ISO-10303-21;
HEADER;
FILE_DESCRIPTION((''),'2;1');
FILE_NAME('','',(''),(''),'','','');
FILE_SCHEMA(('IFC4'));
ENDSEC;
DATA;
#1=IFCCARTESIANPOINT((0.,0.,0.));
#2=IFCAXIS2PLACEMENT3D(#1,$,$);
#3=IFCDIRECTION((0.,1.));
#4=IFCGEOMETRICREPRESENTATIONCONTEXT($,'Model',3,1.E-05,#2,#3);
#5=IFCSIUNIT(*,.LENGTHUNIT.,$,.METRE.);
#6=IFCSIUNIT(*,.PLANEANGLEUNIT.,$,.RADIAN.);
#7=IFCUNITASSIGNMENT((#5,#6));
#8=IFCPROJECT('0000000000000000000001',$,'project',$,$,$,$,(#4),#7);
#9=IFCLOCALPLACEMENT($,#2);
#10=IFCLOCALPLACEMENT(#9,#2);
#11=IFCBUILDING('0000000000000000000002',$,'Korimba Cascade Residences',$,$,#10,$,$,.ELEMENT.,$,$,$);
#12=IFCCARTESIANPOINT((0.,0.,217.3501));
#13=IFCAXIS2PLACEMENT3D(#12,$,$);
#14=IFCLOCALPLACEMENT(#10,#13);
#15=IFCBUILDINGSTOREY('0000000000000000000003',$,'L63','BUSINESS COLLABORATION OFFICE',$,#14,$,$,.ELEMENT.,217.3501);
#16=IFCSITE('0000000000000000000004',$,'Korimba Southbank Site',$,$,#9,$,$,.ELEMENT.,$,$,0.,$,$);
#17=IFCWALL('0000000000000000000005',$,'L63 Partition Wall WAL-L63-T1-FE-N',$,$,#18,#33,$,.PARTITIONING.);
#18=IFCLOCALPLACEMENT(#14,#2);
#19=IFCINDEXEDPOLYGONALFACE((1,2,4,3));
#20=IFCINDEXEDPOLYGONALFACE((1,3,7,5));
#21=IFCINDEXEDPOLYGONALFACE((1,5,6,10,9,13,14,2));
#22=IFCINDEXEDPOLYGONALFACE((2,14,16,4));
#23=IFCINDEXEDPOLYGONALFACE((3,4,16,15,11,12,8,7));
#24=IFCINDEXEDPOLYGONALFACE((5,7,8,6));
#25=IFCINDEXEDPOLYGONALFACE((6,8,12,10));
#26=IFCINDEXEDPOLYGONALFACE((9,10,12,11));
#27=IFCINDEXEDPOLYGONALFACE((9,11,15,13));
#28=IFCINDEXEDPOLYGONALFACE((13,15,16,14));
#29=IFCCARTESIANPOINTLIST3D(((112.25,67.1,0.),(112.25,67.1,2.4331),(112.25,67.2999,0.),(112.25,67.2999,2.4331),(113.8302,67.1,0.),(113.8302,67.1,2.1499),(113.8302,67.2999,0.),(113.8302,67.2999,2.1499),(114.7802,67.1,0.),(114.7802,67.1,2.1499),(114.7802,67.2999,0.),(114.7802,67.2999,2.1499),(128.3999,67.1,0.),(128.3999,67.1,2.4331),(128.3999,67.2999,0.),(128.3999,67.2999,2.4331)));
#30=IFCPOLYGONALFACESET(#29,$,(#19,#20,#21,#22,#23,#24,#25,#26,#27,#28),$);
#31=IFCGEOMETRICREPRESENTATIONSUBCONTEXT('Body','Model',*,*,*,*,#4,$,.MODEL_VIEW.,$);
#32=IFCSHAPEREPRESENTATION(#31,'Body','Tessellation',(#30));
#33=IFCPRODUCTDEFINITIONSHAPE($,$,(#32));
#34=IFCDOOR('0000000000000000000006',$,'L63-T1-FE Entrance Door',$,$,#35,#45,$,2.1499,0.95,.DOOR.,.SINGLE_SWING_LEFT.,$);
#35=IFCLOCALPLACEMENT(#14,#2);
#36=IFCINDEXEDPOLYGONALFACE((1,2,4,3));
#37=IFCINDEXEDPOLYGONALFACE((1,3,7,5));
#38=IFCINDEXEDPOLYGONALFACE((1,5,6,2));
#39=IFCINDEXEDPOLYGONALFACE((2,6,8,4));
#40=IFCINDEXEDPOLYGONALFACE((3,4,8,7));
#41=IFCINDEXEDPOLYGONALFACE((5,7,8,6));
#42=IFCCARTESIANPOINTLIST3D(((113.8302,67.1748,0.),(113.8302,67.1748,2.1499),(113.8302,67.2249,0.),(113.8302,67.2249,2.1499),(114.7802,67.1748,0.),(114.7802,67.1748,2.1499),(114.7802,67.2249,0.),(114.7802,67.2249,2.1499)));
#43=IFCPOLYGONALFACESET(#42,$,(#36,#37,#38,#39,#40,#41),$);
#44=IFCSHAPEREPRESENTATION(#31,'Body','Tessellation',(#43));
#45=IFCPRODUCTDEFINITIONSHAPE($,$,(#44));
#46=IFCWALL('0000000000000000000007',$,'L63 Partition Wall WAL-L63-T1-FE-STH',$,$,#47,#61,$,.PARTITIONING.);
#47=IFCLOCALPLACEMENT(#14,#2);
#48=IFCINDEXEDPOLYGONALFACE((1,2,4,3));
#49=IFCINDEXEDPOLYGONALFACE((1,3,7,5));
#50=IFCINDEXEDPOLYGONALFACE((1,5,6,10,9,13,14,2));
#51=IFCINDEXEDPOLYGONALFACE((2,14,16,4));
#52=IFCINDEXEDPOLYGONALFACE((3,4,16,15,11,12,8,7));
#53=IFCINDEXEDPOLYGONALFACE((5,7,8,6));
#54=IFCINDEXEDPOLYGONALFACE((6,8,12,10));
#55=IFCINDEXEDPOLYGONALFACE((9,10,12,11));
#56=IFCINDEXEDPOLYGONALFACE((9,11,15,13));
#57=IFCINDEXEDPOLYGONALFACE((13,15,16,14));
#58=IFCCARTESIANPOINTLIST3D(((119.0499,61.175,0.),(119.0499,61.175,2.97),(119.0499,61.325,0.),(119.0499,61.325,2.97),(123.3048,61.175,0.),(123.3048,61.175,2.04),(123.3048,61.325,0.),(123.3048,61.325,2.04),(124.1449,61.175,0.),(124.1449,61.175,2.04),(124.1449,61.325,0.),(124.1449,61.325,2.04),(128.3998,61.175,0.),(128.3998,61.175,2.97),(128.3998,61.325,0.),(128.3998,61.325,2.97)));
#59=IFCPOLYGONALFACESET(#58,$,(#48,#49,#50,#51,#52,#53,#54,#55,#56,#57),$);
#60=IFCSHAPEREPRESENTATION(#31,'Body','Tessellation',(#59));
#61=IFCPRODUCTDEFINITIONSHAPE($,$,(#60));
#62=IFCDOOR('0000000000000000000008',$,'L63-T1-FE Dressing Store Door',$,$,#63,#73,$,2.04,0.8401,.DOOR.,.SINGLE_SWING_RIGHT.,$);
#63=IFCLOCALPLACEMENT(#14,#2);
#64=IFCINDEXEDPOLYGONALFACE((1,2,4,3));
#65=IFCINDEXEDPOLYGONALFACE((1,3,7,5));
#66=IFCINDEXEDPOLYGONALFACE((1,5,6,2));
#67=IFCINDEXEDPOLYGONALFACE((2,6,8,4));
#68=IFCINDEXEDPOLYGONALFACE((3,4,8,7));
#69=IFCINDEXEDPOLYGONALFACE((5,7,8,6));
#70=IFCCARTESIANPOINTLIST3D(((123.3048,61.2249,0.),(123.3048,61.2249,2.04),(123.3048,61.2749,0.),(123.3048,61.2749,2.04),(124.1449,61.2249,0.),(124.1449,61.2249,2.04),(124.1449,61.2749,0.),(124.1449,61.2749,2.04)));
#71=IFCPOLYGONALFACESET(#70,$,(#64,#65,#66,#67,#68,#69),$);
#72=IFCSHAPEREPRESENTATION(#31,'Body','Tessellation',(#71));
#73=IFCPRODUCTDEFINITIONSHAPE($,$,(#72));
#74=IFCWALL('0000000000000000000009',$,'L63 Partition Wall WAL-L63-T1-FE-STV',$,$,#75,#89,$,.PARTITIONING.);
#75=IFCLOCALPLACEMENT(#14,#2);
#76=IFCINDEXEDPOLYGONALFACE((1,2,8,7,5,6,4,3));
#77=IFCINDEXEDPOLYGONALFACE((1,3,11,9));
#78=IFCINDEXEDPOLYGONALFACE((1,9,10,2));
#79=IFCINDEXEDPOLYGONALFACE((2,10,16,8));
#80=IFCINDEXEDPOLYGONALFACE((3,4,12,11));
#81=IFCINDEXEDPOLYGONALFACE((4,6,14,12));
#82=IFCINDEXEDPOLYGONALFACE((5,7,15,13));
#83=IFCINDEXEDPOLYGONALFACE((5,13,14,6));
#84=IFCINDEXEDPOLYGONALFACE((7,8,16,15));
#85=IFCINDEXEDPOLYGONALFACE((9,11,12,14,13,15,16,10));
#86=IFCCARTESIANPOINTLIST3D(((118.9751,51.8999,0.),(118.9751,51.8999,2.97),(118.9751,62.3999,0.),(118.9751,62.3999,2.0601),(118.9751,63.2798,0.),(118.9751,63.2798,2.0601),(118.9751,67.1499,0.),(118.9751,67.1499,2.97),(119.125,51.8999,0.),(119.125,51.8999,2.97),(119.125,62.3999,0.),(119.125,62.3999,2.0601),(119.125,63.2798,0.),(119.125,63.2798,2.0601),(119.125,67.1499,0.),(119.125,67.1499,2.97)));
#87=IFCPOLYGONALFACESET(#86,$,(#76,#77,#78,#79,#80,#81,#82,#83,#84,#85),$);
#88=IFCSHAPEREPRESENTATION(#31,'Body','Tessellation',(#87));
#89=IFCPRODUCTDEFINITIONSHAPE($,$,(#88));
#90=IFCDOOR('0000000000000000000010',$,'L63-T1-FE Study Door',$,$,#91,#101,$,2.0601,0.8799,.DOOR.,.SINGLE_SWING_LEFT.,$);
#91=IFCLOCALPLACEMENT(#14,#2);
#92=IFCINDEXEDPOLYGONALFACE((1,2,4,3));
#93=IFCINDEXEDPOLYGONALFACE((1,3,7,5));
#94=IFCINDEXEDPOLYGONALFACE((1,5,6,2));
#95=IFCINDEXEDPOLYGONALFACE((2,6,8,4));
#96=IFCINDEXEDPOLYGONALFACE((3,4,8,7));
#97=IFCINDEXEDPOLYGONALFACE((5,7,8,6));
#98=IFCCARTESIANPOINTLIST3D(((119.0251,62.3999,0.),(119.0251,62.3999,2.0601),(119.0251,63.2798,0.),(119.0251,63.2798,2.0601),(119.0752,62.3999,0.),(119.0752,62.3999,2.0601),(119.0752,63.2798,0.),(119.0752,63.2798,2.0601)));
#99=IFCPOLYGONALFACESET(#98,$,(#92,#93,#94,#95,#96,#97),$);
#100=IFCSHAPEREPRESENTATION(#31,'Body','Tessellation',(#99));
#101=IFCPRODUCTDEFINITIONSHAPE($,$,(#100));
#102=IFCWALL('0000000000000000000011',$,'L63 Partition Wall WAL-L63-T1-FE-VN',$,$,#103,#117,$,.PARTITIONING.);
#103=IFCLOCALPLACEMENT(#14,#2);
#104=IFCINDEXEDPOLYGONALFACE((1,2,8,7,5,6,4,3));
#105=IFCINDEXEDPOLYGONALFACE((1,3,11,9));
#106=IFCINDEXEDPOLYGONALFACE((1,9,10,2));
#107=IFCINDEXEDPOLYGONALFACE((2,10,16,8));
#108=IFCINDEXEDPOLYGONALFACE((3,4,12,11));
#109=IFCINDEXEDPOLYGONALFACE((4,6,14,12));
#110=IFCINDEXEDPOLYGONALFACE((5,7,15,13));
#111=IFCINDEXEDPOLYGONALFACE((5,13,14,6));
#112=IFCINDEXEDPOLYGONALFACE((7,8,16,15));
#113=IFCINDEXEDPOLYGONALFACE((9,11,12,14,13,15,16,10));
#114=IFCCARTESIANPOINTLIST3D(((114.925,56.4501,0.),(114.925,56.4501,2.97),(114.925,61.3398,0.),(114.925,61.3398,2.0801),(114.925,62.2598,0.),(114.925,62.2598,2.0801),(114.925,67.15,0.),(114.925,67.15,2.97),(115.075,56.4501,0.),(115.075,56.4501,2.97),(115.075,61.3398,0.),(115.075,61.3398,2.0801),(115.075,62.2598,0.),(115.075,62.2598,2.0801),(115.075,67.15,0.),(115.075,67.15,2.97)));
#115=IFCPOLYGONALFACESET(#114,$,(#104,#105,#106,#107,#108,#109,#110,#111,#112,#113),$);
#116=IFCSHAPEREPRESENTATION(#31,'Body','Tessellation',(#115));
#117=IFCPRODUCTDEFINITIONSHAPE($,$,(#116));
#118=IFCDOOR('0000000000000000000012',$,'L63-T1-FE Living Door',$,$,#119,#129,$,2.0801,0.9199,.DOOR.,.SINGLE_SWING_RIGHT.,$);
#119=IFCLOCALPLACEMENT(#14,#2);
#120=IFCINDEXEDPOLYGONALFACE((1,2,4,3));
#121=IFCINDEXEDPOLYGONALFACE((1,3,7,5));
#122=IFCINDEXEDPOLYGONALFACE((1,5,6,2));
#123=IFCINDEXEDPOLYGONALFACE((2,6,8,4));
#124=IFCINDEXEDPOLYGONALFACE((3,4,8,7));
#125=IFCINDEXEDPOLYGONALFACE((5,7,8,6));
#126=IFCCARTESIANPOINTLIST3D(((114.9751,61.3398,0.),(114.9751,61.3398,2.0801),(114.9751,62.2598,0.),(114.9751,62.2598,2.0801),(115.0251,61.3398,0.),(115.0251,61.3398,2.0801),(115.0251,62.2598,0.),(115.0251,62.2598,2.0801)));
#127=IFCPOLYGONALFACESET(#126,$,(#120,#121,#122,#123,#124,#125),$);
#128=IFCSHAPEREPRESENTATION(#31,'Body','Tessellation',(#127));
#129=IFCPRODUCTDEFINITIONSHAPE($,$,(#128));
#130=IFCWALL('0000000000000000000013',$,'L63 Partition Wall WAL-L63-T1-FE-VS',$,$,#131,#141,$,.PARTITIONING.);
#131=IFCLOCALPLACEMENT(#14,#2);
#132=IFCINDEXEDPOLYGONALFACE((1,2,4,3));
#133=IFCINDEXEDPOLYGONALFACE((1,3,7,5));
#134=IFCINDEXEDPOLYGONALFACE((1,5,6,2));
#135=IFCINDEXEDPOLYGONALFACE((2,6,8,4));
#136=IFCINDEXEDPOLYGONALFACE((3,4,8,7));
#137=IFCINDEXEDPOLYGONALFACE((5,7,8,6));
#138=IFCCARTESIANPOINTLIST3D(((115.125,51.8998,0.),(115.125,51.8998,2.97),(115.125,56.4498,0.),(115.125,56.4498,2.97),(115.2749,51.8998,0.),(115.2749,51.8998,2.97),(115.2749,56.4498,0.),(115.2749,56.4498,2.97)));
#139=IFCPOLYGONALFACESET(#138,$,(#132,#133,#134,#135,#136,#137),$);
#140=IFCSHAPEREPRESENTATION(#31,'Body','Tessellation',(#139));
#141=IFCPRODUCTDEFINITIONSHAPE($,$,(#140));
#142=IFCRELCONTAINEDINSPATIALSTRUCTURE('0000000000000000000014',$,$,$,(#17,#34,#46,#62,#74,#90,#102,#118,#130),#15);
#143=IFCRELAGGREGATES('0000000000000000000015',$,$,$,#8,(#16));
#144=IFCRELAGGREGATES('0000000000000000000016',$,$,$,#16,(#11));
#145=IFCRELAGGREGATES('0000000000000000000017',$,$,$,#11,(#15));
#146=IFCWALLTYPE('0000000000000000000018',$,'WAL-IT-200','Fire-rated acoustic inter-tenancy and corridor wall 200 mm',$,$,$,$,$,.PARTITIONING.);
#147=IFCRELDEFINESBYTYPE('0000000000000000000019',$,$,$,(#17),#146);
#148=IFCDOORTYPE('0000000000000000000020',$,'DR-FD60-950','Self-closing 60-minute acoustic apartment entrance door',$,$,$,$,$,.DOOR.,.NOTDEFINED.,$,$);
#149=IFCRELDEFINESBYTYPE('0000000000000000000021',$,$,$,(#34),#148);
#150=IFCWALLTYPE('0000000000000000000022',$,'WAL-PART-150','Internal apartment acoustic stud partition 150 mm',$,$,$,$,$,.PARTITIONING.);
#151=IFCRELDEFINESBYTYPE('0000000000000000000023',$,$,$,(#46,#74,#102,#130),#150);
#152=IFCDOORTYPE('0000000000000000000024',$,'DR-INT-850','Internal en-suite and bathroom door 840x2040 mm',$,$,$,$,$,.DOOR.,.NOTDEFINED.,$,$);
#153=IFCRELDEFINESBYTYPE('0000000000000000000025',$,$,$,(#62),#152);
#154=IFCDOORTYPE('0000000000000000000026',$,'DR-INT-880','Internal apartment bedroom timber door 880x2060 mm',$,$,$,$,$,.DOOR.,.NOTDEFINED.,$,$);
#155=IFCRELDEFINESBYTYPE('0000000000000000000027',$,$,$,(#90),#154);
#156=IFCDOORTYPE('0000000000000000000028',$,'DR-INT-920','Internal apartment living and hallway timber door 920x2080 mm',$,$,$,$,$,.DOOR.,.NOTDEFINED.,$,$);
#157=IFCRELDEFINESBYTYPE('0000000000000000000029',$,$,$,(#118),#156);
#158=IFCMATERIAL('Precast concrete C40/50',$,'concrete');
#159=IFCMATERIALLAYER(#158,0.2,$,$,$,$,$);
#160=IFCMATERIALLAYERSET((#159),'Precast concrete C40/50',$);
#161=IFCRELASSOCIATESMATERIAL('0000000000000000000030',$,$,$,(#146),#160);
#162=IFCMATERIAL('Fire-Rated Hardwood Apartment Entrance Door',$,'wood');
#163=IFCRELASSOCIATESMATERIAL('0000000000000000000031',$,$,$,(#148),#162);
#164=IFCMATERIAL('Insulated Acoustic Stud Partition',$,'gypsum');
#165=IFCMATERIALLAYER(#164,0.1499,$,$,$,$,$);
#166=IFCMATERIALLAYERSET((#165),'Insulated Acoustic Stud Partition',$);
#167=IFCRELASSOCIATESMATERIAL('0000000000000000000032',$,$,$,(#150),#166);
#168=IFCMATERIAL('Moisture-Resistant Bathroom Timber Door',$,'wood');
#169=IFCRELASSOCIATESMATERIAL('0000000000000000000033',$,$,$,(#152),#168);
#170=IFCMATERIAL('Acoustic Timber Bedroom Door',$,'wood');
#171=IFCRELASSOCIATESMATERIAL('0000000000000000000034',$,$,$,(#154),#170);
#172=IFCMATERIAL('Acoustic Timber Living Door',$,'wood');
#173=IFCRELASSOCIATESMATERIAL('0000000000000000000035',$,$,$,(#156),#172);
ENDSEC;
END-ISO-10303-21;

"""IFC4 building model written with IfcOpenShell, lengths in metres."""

from ifc_helpers import new_model, si_unit, direction, frame, frame_2d, origin, place, context, subcontext, project, spatial, rectangle, extrude, material, layer, layer_set, type_object, element, fill, save


model = new_model("IFC4")

# Units and contexts
model_context = context("Model", 3, precision=1e-05, world=origin(), true_north=direction((0.0, 1.0)))
body_context = subcontext(model_context, "Body", "Model", "MODEL_VIEW")
ifc_project = project(units=[si_unit("LENGTHUNIT", "METRE"), si_unit("PLANEANGLEUNIT", "RADIAN")], contexts=[model_context])

# Site, building, storey
site_placement = place(None, origin())
site = spatial("IfcSite", under=ifc_project, at=site_placement, Name="Korimba Southbank Site", CompositionType="ELEMENT", RefElevation=0.0)
building_placement = place(site_placement, origin())
building = spatial("IfcBuilding", under=site, at=building_placement, Name="Korimba Cascade Residences", CompositionType="ELEMENT")
storey_placement = place(building_placement, frame((0.0, 0.0, 217.3501)))
storey = spatial("IfcBuildingStorey", under=building, at=storey_placement, Name="L63", Description="BUSINESS COLLABORATION OFFICE", CompositionType="ELEMENT", Elevation=217.3501)

# Walls, openings, doors
ifc_material_1 = material(Name="Precast concrete C40/50", Category="concrete")
ifc_layer_1 = layer(ifc_material_1, 0.2)
ifc_layer_set_1 = layer_set([ifc_layer_1], Name="Precast concrete C40/50")
wall_type_1 = type_object("IfcWallType", Name="WAL-IT-200", Description="Fire-rated acoustic inter-tenancy and corridor wall 200 mm", PredefinedType="PARTITIONING", material=ifc_layer_set_1)
wall_1_placement = place(storey_placement, frame((112.25, 67.2, 0.0), z_axis=(0.0, 0.0, 1.0), x_axis=(1.0, 0.0, 0.0)))
wall_1 = element("IfcWall", 1, at=wall_1_placement, inside=storey, type_object=wall_type_1, Name="L63 Partition Wall WAL-L63-T1-FE-N", PredefinedType="PARTITIONING", context=body_context, shape_type="SweptSolid", body=[
    extrude(rectangle(XDim=16.1499, YDim=0.2, at=frame_2d((8.075, 0.0))), origin(), (0.0, 0.0, 1.0), 2.4331),
])
opening_1_placement = place(wall_1_placement, frame((1.5801, 0.0, 0.0)))
opening_1 = element("IfcOpeningElement", 2, at=opening_1_placement, cuts=wall_1, PredefinedType="OPENING", context=body_context, shape_type="SweptSolid", body=[
    extrude(rectangle(XDim=0.95, YDim=2.1499, at=frame_2d((0.4751, 1.075))), frame((0.0, 0.1099, 0.0), z_axis=(0.0, -1.0, 0.0), x_axis=(1.0, 0.0, 0.0)), (0.0, 0.0, 1.0), 0.22),
])
ifc_material_2 = material(Name="Fire-Rated Hardwood Apartment Entrance Door", Category="wood")
door_type_1 = type_object("IfcDoorType", Name="DR-FD60-950", Description="Self-closing 60-minute acoustic apartment entrance door", OperationType="NOTDEFINED", PredefinedType="DOOR", material=ifc_material_2)
door_1_placement = place(opening_1_placement, origin())
door_1 = element("IfcDoor", 3, at=door_1_placement, inside=storey, type_object=door_type_1, Name="L63-T1-FE Entrance Door", OperationType="SINGLE_SWING_LEFT", OverallHeight=2.1499, OverallWidth=0.95, PredefinedType="DOOR", context=body_context, shape_type="SweptSolid", body=[
    extrude(rectangle(XDim=0.95, YDim=2.1499, at=frame_2d((0.4751, 1.075))), frame((0.0, 0.0249, 0.0), z_axis=(0.0, -1.0, 0.0), x_axis=(1.0, 0.0, 0.0)), (0.0, 0.0, 1.0), 0.05),
])
fill(opening_1, door_1)
ifc_material_3 = material(Name="Insulated Acoustic Stud Partition", Category="gypsum")
ifc_layer_2 = layer(ifc_material_3, 0.1499)
ifc_layer_set_2 = layer_set([ifc_layer_2], Name="Insulated Acoustic Stud Partition")
wall_type_2 = type_object("IfcWallType", Name="WAL-PART-150", Description="Internal apartment acoustic stud partition 150 mm", PredefinedType="PARTITIONING", material=ifc_layer_set_2)
wall_2_placement = place(storey_placement, frame((119.05, 61.25, 0.0), z_axis=(0.0, 0.0, 1.0), x_axis=(1.0, 0.0, 0.0)))
wall_2 = element("IfcWall", 4, at=wall_2_placement, inside=storey, type_object=wall_type_2, Name="L63 Partition Wall WAL-L63-T1-FE-STH", PredefinedType="PARTITIONING", context=body_context, shape_type="SweptSolid", body=[
    extrude(rectangle(XDim=9.3499, YDim=0.1499, at=frame_2d((4.6748, 0.0))), origin(), (0.0, 0.0, 1.0), 2.97),
])
opening_2_placement = place(wall_2_placement, frame((4.2549, 0.0, 0.0)))
opening_2 = element("IfcOpeningElement", 5, at=opening_2_placement, cuts=wall_2, PredefinedType="OPENING", context=body_context, shape_type="SweptSolid", body=[
    extrude(rectangle(XDim=0.8401, YDim=2.04, at=frame_2d((0.4199, 1.02))), frame((0.0, 0.085, 0.0), z_axis=(0.0, -1.0, 0.0), x_axis=(1.0, 0.0, 0.0)), (0.0, 0.0, 1.0), 0.1699),
])
ifc_material_4 = material(Name="Moisture-Resistant Bathroom Timber Door", Category="wood")
door_type_2 = type_object("IfcDoorType", Name="DR-INT-850", Description="Internal en-suite and bathroom door 840x2040 mm", OperationType="NOTDEFINED", PredefinedType="DOOR", material=ifc_material_4)
door_2_placement = place(opening_2_placement, origin())
door_2 = element("IfcDoor", 6, at=door_2_placement, inside=storey, type_object=door_type_2, Name="L63-T1-FE Dressing Store Door", OperationType="SINGLE_SWING_RIGHT", OverallHeight=2.04, OverallWidth=0.8401, PredefinedType="DOOR", context=body_context, shape_type="SweptSolid", body=[
    extrude(rectangle(XDim=0.8401, YDim=2.04, at=frame_2d((0.4199, 1.02))), frame((0.0, 0.0249, 0.0), z_axis=(0.0, -1.0, 0.0), x_axis=(1.0, 0.0, 0.0)), (0.0, 0.0, 1.0), 0.05),
])
fill(opening_2, door_2)
wall_3_placement = place(storey_placement, frame((119.05, 51.8999, 0.0), z_axis=(0.0, 0.0, 1.0), x_axis=(0.0, 1.0, 0.0)))
wall_3 = element("IfcWall", 7, at=wall_3_placement, inside=storey, type_object=wall_type_2, Name="L63 Partition Wall WAL-L63-T1-FE-STV", PredefinedType="PARTITIONING", context=body_context, shape_type="SweptSolid", body=[
    extrude(rectangle(XDim=15.25, YDim=0.1499, at=frame_2d((7.625, 0.0))), origin(), (0.0, 0.0, 1.0), 2.97),
])
opening_3_placement = place(wall_3_placement, frame((10.5, 0.0, 0.0)))
opening_3 = element("IfcOpeningElement", 8, at=opening_3_placement, cuts=wall_3, PredefinedType="OPENING", context=body_context, shape_type="SweptSolid", body=[
    extrude(rectangle(XDim=0.8799, YDim=2.0601, at=frame_2d((0.4399, 1.03))), frame((0.0, 0.085, 0.0), z_axis=(0.0, -1.0, 0.0), x_axis=(1.0, 0.0, 0.0)), (0.0, 0.0, 1.0), 0.1699),
])
ifc_material_5 = material(Name="Acoustic Timber Bedroom Door", Category="wood")
door_type_3 = type_object("IfcDoorType", Name="DR-INT-880", Description="Internal apartment bedroom timber door 880x2060 mm", OperationType="NOTDEFINED", PredefinedType="DOOR", material=ifc_material_5)
door_3_placement = place(opening_3_placement, origin())
door_3 = element("IfcDoor", 9, at=door_3_placement, inside=storey, type_object=door_type_3, Name="L63-T1-FE Study Door", OperationType="SINGLE_SWING_LEFT", OverallHeight=2.0601, OverallWidth=0.8799, PredefinedType="DOOR", context=body_context, shape_type="SweptSolid", body=[
    extrude(rectangle(XDim=0.8799, YDim=2.0601, at=frame_2d((0.4399, 1.03))), frame((0.0, 0.0249, 0.0), z_axis=(0.0, -1.0, 0.0), x_axis=(1.0, 0.0, 0.0)), (0.0, 0.0, 1.0), 0.05),
])
fill(opening_3, door_3)
wall_4_placement = place(storey_placement, frame((115.0, 56.45, 0.0), z_axis=(0.0, 0.0, 1.0), x_axis=(0.0, 1.0, 0.0)))
wall_4 = element("IfcWall", 10, at=wall_4_placement, inside=storey, type_object=wall_type_2, Name="L63 Partition Wall WAL-L63-T1-FE-VN", PredefinedType="PARTITIONING", context=body_context, shape_type="SweptSolid", body=[
    extrude(rectangle(XDim=10.7, YDim=0.1499, at=frame_2d((5.3501, 0.0))), origin(), (0.0, 0.0, 1.0), 2.97),
])
opening_4_placement = place(wall_4_placement, frame((4.8899, 0.0, 0.0)))
opening_4 = element("IfcOpeningElement", 11, at=opening_4_placement, cuts=wall_4, PredefinedType="OPENING", context=body_context, shape_type="SweptSolid", body=[
    extrude(rectangle(XDim=0.9199, YDim=2.0801, at=frame_2d((0.46, 1.04))), frame((0.0, 0.085, 0.0), z_axis=(0.0, -1.0, 0.0), x_axis=(1.0, 0.0, 0.0)), (0.0, 0.0, 1.0), 0.1699),
])
ifc_material_6 = material(Name="Acoustic Timber Living Door", Category="wood")
door_type_4 = type_object("IfcDoorType", Name="DR-INT-920", Description="Internal apartment living and hallway timber door 920x2080 mm", OperationType="NOTDEFINED", PredefinedType="DOOR", material=ifc_material_6)
door_4_placement = place(opening_4_placement, origin())
door_4 = element("IfcDoor", 12, at=door_4_placement, inside=storey, type_object=door_type_4, Name="L63-T1-FE Living Door", OperationType="SINGLE_SWING_RIGHT", OverallHeight=2.0801, OverallWidth=0.9199, PredefinedType="DOOR", context=body_context, shape_type="SweptSolid", body=[
    extrude(rectangle(XDim=0.9199, YDim=2.0801, at=frame_2d((0.46, 1.04))), frame((0.0, 0.0249, 0.0), z_axis=(0.0, -1.0, 0.0), x_axis=(1.0, 0.0, 0.0)), (0.0, 0.0, 1.0), 0.05),
])
fill(opening_4, door_4)

# Wall
wall_5_placement = place(storey_placement, frame((115.2, 51.8999, 0.0), z_axis=(0.0, 0.0, 1.0), x_axis=(0.0, 1.0, 0.0)))
element("IfcWall", 13, at=wall_5_placement, inside=storey, type_object=wall_type_2, Name="L63 Partition Wall WAL-L63-T1-FE-VS", PredefinedType="PARTITIONING", context=body_context, shape_type="SweptSolid", body=[
    extrude(rectangle(XDim=4.55, YDim=0.1499, at=frame_2d((2.2749, 0.0))), origin(), (0.0, 0.0, 1.0), 2.97),
])

save(model, "model.ifc")
